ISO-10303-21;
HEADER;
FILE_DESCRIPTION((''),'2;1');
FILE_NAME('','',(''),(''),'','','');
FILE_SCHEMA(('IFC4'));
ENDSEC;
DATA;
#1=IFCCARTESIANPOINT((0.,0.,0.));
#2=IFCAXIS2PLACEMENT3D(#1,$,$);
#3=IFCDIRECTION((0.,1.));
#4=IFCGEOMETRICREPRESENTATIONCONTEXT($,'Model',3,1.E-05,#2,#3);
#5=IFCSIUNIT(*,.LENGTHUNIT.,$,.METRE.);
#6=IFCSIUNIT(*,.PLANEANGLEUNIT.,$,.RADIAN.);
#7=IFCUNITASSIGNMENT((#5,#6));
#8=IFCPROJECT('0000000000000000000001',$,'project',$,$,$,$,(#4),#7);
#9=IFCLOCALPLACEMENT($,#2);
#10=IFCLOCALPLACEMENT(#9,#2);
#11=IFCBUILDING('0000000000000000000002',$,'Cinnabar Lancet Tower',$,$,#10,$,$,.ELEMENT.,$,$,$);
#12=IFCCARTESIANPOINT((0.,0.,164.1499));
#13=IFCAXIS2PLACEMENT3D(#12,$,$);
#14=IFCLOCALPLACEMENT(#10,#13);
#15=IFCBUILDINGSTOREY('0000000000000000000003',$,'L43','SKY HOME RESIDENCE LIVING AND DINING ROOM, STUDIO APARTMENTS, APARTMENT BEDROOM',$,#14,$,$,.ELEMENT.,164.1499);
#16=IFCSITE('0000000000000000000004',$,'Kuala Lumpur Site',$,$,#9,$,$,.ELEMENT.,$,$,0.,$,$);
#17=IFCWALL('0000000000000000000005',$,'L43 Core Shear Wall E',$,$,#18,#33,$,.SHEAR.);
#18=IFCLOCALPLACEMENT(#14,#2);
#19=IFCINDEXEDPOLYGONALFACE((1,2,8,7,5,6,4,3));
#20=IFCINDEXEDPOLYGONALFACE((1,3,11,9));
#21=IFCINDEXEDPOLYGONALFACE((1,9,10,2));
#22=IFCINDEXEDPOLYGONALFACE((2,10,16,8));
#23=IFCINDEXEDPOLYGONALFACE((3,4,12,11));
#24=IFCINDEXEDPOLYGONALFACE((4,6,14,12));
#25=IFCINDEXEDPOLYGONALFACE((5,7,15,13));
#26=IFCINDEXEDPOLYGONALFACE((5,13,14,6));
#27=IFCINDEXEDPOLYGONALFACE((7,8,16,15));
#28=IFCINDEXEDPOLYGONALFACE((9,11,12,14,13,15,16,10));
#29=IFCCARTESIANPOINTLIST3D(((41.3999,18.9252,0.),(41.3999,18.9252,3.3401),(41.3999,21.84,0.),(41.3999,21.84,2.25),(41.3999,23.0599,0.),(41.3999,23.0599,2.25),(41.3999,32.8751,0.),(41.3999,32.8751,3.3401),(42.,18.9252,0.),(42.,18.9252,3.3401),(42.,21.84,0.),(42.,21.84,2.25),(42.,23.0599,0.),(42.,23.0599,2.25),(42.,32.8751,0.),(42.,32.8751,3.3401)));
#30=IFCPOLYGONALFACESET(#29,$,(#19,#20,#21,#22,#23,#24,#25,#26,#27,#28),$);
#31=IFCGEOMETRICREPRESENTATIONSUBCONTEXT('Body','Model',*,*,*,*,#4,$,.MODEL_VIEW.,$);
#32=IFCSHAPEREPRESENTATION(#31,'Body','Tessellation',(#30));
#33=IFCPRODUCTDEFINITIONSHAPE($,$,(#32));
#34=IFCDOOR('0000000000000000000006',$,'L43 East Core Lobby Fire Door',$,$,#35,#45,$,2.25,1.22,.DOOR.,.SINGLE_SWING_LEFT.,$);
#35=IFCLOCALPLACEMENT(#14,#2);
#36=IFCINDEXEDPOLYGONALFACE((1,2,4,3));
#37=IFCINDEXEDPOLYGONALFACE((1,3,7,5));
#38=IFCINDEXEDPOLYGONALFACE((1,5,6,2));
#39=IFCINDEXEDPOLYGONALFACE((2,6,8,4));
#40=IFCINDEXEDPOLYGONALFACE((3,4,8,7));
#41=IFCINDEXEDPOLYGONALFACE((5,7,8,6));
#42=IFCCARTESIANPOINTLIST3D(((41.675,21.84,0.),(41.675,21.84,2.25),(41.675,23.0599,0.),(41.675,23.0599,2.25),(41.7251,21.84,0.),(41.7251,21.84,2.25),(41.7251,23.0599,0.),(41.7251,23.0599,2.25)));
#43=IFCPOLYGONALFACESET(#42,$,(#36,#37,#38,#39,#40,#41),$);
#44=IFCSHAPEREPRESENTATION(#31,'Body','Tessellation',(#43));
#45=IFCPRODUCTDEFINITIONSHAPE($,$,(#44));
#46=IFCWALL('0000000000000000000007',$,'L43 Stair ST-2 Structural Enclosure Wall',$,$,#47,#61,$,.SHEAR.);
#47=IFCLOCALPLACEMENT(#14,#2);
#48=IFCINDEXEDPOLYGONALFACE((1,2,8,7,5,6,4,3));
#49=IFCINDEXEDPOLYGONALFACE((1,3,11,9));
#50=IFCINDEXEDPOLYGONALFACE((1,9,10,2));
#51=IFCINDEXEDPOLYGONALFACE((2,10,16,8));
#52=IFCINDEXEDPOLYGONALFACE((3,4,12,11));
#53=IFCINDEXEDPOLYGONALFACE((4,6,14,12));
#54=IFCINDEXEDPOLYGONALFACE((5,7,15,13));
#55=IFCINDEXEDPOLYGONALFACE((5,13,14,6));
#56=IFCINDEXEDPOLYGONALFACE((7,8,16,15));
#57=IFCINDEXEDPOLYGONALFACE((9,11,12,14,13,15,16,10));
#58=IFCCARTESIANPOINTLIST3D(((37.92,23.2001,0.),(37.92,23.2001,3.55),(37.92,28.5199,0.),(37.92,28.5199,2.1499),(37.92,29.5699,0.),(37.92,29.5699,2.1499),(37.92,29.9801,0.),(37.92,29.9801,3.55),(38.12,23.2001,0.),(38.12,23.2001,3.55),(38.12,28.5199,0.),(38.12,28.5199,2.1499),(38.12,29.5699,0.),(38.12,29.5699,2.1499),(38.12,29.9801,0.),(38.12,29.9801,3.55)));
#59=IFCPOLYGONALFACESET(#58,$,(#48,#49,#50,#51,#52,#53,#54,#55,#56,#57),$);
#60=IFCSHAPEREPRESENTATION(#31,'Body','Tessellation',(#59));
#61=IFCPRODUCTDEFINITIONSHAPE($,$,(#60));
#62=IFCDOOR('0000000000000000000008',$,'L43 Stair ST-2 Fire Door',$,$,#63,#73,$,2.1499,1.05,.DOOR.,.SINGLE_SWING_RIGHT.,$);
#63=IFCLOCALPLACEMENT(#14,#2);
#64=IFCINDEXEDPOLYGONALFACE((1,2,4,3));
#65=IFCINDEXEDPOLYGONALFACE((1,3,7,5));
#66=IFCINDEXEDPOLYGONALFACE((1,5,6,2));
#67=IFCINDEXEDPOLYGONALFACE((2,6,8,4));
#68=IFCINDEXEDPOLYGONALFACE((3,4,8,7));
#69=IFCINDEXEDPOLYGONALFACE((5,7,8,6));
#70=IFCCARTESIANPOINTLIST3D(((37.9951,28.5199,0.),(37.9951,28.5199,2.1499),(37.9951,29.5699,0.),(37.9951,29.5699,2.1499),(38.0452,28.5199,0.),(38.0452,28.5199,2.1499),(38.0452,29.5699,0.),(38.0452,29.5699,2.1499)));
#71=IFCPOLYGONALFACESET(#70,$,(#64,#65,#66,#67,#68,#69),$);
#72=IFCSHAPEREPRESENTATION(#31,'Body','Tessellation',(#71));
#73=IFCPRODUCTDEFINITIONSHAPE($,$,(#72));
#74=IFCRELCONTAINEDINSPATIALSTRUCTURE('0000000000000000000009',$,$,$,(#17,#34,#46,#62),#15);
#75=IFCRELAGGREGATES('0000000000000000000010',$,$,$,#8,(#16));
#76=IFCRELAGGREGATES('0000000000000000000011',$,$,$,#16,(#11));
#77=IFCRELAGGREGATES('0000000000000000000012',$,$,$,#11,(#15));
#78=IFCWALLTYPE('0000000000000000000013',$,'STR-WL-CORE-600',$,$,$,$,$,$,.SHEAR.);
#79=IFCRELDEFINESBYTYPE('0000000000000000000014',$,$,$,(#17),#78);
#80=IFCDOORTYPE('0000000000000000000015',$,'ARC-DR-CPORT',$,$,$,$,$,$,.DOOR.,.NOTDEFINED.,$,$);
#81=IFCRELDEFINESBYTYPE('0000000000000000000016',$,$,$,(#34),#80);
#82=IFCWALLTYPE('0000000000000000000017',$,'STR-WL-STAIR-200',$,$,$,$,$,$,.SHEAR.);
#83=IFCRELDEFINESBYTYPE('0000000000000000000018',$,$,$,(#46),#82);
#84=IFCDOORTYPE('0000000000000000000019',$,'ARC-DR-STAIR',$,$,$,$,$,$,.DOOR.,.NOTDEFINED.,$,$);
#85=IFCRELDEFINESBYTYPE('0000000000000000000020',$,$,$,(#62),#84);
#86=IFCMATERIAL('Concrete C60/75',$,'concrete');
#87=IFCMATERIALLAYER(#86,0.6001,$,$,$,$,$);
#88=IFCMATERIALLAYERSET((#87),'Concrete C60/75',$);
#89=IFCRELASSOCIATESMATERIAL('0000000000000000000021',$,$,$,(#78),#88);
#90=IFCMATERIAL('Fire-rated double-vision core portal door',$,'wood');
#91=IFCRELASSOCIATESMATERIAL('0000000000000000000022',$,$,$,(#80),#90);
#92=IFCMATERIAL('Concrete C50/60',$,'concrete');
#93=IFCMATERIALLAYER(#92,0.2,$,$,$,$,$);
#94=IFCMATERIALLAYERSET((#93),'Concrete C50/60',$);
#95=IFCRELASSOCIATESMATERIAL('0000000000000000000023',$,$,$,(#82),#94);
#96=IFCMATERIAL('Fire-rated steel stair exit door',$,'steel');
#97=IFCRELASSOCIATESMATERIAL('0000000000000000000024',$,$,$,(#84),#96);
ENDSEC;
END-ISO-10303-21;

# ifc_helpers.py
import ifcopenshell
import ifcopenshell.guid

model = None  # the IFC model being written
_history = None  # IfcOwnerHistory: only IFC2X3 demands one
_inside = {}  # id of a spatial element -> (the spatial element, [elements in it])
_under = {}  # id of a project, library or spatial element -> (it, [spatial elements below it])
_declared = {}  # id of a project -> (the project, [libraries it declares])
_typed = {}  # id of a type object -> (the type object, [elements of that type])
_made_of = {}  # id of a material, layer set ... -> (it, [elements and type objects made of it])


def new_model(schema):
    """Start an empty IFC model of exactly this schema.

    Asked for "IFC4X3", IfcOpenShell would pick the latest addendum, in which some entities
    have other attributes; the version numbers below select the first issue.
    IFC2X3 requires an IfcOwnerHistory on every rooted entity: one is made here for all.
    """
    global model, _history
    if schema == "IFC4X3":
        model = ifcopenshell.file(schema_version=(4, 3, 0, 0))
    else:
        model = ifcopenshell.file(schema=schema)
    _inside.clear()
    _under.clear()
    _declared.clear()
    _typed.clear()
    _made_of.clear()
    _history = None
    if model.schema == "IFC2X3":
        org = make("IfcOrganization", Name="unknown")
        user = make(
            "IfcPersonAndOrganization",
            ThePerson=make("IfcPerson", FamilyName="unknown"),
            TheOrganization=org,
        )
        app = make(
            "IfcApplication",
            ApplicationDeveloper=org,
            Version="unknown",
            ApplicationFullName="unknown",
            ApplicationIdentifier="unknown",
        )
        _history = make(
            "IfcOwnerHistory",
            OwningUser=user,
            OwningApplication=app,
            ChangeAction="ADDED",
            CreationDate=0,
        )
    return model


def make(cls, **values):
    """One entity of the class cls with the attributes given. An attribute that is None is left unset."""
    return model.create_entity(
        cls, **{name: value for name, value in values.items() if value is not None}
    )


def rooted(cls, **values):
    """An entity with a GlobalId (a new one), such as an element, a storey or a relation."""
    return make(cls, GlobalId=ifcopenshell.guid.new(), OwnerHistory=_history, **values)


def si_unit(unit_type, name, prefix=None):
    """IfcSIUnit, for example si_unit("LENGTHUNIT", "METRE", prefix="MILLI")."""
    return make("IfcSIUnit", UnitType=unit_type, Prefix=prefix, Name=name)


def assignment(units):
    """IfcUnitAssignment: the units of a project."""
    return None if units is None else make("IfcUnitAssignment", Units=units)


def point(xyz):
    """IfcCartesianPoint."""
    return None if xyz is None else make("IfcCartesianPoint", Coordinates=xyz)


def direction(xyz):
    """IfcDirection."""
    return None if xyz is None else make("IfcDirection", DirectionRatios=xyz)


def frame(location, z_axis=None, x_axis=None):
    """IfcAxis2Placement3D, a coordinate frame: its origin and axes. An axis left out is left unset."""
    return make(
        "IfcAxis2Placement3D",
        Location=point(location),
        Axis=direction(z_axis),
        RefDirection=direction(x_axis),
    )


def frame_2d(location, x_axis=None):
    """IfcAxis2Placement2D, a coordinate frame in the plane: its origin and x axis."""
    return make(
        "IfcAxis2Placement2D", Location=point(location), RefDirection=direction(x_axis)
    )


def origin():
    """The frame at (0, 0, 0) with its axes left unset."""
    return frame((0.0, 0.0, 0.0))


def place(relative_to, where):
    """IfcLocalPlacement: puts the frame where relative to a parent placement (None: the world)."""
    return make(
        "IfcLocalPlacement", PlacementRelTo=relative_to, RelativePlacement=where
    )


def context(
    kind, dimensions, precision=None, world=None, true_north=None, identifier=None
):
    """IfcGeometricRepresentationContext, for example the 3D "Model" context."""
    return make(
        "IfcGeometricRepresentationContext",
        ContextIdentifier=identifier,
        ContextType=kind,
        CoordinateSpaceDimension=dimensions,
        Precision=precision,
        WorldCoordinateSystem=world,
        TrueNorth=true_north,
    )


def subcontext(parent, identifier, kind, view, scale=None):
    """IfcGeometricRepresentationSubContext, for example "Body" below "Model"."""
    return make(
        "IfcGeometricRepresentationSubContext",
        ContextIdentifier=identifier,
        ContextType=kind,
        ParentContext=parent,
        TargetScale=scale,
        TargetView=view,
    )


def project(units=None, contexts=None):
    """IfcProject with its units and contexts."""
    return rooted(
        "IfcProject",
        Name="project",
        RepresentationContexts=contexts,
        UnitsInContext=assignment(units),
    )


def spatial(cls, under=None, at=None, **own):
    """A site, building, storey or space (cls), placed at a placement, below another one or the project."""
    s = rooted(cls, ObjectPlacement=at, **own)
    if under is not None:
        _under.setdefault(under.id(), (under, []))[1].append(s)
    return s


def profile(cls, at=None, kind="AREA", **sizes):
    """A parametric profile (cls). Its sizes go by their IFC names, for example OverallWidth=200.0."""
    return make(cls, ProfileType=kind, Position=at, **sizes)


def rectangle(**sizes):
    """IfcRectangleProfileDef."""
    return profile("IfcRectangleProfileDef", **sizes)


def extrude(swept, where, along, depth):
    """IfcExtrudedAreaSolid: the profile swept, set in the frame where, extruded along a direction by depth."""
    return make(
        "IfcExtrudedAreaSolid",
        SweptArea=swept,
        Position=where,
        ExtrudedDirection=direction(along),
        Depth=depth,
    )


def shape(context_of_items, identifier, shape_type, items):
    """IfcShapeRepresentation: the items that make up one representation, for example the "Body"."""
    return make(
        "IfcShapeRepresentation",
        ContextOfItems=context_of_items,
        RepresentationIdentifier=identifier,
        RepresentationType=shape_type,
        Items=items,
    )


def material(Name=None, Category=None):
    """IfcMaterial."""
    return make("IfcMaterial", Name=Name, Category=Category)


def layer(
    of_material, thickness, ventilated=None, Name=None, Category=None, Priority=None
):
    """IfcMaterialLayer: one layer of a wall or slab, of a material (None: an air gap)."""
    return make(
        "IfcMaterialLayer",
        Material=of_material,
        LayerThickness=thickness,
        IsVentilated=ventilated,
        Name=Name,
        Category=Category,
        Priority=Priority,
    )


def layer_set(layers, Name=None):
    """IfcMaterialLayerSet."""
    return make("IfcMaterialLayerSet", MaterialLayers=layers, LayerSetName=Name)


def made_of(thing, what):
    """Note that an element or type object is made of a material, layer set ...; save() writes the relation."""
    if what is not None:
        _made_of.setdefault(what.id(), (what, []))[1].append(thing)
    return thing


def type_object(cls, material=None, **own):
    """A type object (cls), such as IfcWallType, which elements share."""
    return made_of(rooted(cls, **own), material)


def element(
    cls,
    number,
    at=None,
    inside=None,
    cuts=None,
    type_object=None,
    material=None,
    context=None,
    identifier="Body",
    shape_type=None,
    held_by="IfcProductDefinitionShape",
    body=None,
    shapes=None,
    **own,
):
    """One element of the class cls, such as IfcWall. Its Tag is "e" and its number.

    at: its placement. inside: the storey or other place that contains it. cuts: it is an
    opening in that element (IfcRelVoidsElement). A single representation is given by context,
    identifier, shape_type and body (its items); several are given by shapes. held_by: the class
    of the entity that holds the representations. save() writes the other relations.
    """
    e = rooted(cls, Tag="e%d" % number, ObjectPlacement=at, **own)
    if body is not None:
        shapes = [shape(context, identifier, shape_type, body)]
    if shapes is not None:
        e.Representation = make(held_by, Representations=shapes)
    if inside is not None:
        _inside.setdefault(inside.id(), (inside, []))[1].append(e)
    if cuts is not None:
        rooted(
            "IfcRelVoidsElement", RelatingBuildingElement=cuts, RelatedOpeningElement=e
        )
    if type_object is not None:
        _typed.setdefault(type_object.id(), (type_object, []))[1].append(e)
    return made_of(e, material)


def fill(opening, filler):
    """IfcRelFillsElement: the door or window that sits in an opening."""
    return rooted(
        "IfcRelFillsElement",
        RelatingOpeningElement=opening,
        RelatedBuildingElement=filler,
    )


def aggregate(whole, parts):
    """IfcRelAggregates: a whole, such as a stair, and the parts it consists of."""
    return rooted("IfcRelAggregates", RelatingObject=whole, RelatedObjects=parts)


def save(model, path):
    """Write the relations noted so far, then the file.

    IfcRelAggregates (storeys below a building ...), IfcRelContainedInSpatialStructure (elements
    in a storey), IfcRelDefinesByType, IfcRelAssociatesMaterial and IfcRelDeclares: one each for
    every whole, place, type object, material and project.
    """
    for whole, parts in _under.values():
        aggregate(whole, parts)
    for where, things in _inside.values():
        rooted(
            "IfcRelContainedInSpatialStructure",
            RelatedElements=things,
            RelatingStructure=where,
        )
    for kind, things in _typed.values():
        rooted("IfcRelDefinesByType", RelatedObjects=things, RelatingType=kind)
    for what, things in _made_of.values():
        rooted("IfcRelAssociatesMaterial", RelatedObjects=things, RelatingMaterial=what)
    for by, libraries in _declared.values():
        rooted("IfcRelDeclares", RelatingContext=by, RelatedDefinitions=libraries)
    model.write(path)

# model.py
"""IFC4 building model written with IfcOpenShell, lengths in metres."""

from ifc_helpers import new_model, si_unit, direction, frame, frame_2d, origin, place, context, subcontext, project, spatial, rectangle, extrude, material, layer, layer_set, type_object, element, fill, save


model = new_model("IFC4")

# Units and contexts
model_context = context("Model", 3, precision=1e-05, world=origin(), true_north=direction((0.0, 1.0)))
body_context = subcontext(model_context, "Body", "Model", "MODEL_VIEW")
ifc_project = project(units=[si_unit("LENGTHUNIT", "METRE"), si_unit("PLANEANGLEUNIT", "RADIAN")], contexts=[model_context])

# Site, building, storey
site_placement = place(None, origin())
site = spatial("IfcSite", under=ifc_project, at=site_placement, Name="Kuala Lumpur Site", CompositionType="ELEMENT", RefElevation=0.0)
building_placement = place(site_placement, origin())
building = spatial("IfcBuilding", under=site, at=building_placement, Name="Cinnabar Lancet Tower", CompositionType="ELEMENT")
storey_placement = place(building_placement, frame((0.0, 0.0, 164.1499)))
storey = spatial("IfcBuildingStorey", under=building, at=storey_placement, Name="L43", Description="SKY HOME RESIDENCE LIVING AND DINING ROOM, STUDIO APARTMENTS, APARTMENT BEDROOM", CompositionType="ELEMENT", Elevation=164.1499)

# Walls, openings, doors
ifc_material_1 = material(Name="Concrete C60/75", Category="concrete")
ifc_layer_1 = layer(ifc_material_1, 0.6001)
ifc_layer_set_1 = layer_set([ifc_layer_1], Name="Concrete C60/75")
wall_type_1 = type_object("IfcWallType", Name="STR-WL-CORE-600", PredefinedType="SHEAR", material=ifc_layer_set_1)
wall_1_placement = place(storey_placement, frame((41.7, 18.925, 0.0), z_axis=(0.0, 0.0, 1.0), x_axis=(0.0, 1.0, 0.0)))
wall_1 = element("IfcWall", 1, at=wall_1_placement, inside=storey, type_object=wall_type_1, Name="L43 Core Shear Wall E", PredefinedType="SHEAR", context=body_context, shape_type="SweptSolid", body=[
    extrude(rectangle(XDim=13.95, YDim=0.6001, at=frame_2d((6.9751, 0.0))), origin(), (0.0, 0.0, 1.0), 3.3401),
])
opening_1_placement = place(wall_1_placement, frame((2.915, 0.0, 0.0)))
opening_1 = element("IfcOpeningElement", 2, at=opening_1_placement, cuts=wall_1, PredefinedType="OPENING", context=body_context, shape_type="SweptSolid", body=[
    extrude(rectangle(XDim=1.22, YDim=2.25, at=frame_2d((0.6099, 1.125))), frame((0.0, 0.3101, 0.0), z_axis=(0.0, -1.0, 0.0), x_axis=(1.0, 0.0, 0.0)), (0.0, 0.0, 1.0), 0.6201),
])
ifc_material_2 = material(Name="Fire-rated double-vision core portal door", Category="wood")
door_type_1 = type_object("IfcDoorType", Name="ARC-DR-CPORT", OperationType="NOTDEFINED", PredefinedType="DOOR", material=ifc_material_2)
door_1_placement = place(opening_1_placement, origin())
door_1 = element("IfcDoor", 3, at=door_1_placement, inside=storey, type_object=door_type_1, Name="L43 East Core Lobby Fire Door", OperationType="SINGLE_SWING_LEFT", OverallHeight=2.25, OverallWidth=1.22, PredefinedType="DOOR", context=body_context, shape_type="SweptSolid", body=[
    extrude(rectangle(XDim=1.22, YDim=2.25, at=frame_2d((0.6099, 1.125))), frame((0.0, 0.0249, 0.0), z_axis=(0.0, -1.0, 0.0), x_axis=(1.0, 0.0, 0.0)), (0.0, 0.0, 1.0), 0.05),
])
fill(opening_1, door_1)
ifc_material_3 = material(Name="Concrete C50/60", Category="concrete")
ifc_layer_2 = layer(ifc_material_3, 0.2)
ifc_layer_set_2 = layer_set([ifc_layer_2], Name="Concrete C50/60")
wall_type_2 = type_object("IfcWallType", Name="STR-WL-STAIR-200", PredefinedType="SHEAR", material=ifc_layer_set_2)
wall_2_placement = place(storey_placement, frame((38.02, 23.2, 0.0), z_axis=(0.0, 0.0, 1.0), x_axis=(0.0, 1.0, 0.0)))
wall_2 = element("IfcWall", 4, at=wall_2_placement, inside=storey, type_object=wall_type_2, Name="L43 Stair ST-2 Structural Enclosure Wall", PredefinedType="SHEAR", context=body_context, shape_type="SweptSolid", body=[
    extrude(rectangle(XDim=6.78, YDim=0.2, at=frame_2d((3.3901, 0.0))), origin(), (0.0, 0.0, 1.0), 3.55),
])
opening_2_placement = place(wall_2_placement, frame((5.3201, 0.0, 0.0)))
opening_2 = element("IfcOpeningElement", 5, at=opening_2_placement, cuts=wall_2, PredefinedType="OPENING", context=body_context, shape_type="SweptSolid", body=[
    extrude(rectangle(XDim=1.05, YDim=2.1499, at=frame_2d((0.5249, 1.075))), frame((0.0, 0.1099, 0.0), z_axis=(0.0, -1.0, 0.0), x_axis=(1.0, 0.0, 0.0)), (0.0, 0.0, 1.0), 0.22),
])
ifc_material_4 = material(Name="Fire-rated steel stair exit door", Category="steel")
door_type_2 = type_object("IfcDoorType", Name="ARC-DR-STAIR", OperationType="NOTDEFINED", PredefinedType="DOOR", material=ifc_material_4)
door_2_placement = place(opening_2_placement, origin())
door_2 = element("IfcDoor", 6, at=door_2_placement, inside=storey, type_object=door_type_2, Name="L43 Stair ST-2 Fire Door", OperationType="SINGLE_SWING_RIGHT", OverallHeight=2.1499, OverallWidth=1.05, PredefinedType="DOOR", context=body_context, shape_type="SweptSolid", body=[
    extrude(rectangle(XDim=1.05, YDim=2.1499, at=frame_2d((0.5249, 1.075))), frame((0.0, 0.0249, 0.0), z_axis=(0.0, -1.0, 0.0), x_axis=(1.0, 0.0, 0.0)), (0.0, 0.0, 1.0), 0.05),
])
fill(opening_2, door_2)

save(model, "model.ifc")
